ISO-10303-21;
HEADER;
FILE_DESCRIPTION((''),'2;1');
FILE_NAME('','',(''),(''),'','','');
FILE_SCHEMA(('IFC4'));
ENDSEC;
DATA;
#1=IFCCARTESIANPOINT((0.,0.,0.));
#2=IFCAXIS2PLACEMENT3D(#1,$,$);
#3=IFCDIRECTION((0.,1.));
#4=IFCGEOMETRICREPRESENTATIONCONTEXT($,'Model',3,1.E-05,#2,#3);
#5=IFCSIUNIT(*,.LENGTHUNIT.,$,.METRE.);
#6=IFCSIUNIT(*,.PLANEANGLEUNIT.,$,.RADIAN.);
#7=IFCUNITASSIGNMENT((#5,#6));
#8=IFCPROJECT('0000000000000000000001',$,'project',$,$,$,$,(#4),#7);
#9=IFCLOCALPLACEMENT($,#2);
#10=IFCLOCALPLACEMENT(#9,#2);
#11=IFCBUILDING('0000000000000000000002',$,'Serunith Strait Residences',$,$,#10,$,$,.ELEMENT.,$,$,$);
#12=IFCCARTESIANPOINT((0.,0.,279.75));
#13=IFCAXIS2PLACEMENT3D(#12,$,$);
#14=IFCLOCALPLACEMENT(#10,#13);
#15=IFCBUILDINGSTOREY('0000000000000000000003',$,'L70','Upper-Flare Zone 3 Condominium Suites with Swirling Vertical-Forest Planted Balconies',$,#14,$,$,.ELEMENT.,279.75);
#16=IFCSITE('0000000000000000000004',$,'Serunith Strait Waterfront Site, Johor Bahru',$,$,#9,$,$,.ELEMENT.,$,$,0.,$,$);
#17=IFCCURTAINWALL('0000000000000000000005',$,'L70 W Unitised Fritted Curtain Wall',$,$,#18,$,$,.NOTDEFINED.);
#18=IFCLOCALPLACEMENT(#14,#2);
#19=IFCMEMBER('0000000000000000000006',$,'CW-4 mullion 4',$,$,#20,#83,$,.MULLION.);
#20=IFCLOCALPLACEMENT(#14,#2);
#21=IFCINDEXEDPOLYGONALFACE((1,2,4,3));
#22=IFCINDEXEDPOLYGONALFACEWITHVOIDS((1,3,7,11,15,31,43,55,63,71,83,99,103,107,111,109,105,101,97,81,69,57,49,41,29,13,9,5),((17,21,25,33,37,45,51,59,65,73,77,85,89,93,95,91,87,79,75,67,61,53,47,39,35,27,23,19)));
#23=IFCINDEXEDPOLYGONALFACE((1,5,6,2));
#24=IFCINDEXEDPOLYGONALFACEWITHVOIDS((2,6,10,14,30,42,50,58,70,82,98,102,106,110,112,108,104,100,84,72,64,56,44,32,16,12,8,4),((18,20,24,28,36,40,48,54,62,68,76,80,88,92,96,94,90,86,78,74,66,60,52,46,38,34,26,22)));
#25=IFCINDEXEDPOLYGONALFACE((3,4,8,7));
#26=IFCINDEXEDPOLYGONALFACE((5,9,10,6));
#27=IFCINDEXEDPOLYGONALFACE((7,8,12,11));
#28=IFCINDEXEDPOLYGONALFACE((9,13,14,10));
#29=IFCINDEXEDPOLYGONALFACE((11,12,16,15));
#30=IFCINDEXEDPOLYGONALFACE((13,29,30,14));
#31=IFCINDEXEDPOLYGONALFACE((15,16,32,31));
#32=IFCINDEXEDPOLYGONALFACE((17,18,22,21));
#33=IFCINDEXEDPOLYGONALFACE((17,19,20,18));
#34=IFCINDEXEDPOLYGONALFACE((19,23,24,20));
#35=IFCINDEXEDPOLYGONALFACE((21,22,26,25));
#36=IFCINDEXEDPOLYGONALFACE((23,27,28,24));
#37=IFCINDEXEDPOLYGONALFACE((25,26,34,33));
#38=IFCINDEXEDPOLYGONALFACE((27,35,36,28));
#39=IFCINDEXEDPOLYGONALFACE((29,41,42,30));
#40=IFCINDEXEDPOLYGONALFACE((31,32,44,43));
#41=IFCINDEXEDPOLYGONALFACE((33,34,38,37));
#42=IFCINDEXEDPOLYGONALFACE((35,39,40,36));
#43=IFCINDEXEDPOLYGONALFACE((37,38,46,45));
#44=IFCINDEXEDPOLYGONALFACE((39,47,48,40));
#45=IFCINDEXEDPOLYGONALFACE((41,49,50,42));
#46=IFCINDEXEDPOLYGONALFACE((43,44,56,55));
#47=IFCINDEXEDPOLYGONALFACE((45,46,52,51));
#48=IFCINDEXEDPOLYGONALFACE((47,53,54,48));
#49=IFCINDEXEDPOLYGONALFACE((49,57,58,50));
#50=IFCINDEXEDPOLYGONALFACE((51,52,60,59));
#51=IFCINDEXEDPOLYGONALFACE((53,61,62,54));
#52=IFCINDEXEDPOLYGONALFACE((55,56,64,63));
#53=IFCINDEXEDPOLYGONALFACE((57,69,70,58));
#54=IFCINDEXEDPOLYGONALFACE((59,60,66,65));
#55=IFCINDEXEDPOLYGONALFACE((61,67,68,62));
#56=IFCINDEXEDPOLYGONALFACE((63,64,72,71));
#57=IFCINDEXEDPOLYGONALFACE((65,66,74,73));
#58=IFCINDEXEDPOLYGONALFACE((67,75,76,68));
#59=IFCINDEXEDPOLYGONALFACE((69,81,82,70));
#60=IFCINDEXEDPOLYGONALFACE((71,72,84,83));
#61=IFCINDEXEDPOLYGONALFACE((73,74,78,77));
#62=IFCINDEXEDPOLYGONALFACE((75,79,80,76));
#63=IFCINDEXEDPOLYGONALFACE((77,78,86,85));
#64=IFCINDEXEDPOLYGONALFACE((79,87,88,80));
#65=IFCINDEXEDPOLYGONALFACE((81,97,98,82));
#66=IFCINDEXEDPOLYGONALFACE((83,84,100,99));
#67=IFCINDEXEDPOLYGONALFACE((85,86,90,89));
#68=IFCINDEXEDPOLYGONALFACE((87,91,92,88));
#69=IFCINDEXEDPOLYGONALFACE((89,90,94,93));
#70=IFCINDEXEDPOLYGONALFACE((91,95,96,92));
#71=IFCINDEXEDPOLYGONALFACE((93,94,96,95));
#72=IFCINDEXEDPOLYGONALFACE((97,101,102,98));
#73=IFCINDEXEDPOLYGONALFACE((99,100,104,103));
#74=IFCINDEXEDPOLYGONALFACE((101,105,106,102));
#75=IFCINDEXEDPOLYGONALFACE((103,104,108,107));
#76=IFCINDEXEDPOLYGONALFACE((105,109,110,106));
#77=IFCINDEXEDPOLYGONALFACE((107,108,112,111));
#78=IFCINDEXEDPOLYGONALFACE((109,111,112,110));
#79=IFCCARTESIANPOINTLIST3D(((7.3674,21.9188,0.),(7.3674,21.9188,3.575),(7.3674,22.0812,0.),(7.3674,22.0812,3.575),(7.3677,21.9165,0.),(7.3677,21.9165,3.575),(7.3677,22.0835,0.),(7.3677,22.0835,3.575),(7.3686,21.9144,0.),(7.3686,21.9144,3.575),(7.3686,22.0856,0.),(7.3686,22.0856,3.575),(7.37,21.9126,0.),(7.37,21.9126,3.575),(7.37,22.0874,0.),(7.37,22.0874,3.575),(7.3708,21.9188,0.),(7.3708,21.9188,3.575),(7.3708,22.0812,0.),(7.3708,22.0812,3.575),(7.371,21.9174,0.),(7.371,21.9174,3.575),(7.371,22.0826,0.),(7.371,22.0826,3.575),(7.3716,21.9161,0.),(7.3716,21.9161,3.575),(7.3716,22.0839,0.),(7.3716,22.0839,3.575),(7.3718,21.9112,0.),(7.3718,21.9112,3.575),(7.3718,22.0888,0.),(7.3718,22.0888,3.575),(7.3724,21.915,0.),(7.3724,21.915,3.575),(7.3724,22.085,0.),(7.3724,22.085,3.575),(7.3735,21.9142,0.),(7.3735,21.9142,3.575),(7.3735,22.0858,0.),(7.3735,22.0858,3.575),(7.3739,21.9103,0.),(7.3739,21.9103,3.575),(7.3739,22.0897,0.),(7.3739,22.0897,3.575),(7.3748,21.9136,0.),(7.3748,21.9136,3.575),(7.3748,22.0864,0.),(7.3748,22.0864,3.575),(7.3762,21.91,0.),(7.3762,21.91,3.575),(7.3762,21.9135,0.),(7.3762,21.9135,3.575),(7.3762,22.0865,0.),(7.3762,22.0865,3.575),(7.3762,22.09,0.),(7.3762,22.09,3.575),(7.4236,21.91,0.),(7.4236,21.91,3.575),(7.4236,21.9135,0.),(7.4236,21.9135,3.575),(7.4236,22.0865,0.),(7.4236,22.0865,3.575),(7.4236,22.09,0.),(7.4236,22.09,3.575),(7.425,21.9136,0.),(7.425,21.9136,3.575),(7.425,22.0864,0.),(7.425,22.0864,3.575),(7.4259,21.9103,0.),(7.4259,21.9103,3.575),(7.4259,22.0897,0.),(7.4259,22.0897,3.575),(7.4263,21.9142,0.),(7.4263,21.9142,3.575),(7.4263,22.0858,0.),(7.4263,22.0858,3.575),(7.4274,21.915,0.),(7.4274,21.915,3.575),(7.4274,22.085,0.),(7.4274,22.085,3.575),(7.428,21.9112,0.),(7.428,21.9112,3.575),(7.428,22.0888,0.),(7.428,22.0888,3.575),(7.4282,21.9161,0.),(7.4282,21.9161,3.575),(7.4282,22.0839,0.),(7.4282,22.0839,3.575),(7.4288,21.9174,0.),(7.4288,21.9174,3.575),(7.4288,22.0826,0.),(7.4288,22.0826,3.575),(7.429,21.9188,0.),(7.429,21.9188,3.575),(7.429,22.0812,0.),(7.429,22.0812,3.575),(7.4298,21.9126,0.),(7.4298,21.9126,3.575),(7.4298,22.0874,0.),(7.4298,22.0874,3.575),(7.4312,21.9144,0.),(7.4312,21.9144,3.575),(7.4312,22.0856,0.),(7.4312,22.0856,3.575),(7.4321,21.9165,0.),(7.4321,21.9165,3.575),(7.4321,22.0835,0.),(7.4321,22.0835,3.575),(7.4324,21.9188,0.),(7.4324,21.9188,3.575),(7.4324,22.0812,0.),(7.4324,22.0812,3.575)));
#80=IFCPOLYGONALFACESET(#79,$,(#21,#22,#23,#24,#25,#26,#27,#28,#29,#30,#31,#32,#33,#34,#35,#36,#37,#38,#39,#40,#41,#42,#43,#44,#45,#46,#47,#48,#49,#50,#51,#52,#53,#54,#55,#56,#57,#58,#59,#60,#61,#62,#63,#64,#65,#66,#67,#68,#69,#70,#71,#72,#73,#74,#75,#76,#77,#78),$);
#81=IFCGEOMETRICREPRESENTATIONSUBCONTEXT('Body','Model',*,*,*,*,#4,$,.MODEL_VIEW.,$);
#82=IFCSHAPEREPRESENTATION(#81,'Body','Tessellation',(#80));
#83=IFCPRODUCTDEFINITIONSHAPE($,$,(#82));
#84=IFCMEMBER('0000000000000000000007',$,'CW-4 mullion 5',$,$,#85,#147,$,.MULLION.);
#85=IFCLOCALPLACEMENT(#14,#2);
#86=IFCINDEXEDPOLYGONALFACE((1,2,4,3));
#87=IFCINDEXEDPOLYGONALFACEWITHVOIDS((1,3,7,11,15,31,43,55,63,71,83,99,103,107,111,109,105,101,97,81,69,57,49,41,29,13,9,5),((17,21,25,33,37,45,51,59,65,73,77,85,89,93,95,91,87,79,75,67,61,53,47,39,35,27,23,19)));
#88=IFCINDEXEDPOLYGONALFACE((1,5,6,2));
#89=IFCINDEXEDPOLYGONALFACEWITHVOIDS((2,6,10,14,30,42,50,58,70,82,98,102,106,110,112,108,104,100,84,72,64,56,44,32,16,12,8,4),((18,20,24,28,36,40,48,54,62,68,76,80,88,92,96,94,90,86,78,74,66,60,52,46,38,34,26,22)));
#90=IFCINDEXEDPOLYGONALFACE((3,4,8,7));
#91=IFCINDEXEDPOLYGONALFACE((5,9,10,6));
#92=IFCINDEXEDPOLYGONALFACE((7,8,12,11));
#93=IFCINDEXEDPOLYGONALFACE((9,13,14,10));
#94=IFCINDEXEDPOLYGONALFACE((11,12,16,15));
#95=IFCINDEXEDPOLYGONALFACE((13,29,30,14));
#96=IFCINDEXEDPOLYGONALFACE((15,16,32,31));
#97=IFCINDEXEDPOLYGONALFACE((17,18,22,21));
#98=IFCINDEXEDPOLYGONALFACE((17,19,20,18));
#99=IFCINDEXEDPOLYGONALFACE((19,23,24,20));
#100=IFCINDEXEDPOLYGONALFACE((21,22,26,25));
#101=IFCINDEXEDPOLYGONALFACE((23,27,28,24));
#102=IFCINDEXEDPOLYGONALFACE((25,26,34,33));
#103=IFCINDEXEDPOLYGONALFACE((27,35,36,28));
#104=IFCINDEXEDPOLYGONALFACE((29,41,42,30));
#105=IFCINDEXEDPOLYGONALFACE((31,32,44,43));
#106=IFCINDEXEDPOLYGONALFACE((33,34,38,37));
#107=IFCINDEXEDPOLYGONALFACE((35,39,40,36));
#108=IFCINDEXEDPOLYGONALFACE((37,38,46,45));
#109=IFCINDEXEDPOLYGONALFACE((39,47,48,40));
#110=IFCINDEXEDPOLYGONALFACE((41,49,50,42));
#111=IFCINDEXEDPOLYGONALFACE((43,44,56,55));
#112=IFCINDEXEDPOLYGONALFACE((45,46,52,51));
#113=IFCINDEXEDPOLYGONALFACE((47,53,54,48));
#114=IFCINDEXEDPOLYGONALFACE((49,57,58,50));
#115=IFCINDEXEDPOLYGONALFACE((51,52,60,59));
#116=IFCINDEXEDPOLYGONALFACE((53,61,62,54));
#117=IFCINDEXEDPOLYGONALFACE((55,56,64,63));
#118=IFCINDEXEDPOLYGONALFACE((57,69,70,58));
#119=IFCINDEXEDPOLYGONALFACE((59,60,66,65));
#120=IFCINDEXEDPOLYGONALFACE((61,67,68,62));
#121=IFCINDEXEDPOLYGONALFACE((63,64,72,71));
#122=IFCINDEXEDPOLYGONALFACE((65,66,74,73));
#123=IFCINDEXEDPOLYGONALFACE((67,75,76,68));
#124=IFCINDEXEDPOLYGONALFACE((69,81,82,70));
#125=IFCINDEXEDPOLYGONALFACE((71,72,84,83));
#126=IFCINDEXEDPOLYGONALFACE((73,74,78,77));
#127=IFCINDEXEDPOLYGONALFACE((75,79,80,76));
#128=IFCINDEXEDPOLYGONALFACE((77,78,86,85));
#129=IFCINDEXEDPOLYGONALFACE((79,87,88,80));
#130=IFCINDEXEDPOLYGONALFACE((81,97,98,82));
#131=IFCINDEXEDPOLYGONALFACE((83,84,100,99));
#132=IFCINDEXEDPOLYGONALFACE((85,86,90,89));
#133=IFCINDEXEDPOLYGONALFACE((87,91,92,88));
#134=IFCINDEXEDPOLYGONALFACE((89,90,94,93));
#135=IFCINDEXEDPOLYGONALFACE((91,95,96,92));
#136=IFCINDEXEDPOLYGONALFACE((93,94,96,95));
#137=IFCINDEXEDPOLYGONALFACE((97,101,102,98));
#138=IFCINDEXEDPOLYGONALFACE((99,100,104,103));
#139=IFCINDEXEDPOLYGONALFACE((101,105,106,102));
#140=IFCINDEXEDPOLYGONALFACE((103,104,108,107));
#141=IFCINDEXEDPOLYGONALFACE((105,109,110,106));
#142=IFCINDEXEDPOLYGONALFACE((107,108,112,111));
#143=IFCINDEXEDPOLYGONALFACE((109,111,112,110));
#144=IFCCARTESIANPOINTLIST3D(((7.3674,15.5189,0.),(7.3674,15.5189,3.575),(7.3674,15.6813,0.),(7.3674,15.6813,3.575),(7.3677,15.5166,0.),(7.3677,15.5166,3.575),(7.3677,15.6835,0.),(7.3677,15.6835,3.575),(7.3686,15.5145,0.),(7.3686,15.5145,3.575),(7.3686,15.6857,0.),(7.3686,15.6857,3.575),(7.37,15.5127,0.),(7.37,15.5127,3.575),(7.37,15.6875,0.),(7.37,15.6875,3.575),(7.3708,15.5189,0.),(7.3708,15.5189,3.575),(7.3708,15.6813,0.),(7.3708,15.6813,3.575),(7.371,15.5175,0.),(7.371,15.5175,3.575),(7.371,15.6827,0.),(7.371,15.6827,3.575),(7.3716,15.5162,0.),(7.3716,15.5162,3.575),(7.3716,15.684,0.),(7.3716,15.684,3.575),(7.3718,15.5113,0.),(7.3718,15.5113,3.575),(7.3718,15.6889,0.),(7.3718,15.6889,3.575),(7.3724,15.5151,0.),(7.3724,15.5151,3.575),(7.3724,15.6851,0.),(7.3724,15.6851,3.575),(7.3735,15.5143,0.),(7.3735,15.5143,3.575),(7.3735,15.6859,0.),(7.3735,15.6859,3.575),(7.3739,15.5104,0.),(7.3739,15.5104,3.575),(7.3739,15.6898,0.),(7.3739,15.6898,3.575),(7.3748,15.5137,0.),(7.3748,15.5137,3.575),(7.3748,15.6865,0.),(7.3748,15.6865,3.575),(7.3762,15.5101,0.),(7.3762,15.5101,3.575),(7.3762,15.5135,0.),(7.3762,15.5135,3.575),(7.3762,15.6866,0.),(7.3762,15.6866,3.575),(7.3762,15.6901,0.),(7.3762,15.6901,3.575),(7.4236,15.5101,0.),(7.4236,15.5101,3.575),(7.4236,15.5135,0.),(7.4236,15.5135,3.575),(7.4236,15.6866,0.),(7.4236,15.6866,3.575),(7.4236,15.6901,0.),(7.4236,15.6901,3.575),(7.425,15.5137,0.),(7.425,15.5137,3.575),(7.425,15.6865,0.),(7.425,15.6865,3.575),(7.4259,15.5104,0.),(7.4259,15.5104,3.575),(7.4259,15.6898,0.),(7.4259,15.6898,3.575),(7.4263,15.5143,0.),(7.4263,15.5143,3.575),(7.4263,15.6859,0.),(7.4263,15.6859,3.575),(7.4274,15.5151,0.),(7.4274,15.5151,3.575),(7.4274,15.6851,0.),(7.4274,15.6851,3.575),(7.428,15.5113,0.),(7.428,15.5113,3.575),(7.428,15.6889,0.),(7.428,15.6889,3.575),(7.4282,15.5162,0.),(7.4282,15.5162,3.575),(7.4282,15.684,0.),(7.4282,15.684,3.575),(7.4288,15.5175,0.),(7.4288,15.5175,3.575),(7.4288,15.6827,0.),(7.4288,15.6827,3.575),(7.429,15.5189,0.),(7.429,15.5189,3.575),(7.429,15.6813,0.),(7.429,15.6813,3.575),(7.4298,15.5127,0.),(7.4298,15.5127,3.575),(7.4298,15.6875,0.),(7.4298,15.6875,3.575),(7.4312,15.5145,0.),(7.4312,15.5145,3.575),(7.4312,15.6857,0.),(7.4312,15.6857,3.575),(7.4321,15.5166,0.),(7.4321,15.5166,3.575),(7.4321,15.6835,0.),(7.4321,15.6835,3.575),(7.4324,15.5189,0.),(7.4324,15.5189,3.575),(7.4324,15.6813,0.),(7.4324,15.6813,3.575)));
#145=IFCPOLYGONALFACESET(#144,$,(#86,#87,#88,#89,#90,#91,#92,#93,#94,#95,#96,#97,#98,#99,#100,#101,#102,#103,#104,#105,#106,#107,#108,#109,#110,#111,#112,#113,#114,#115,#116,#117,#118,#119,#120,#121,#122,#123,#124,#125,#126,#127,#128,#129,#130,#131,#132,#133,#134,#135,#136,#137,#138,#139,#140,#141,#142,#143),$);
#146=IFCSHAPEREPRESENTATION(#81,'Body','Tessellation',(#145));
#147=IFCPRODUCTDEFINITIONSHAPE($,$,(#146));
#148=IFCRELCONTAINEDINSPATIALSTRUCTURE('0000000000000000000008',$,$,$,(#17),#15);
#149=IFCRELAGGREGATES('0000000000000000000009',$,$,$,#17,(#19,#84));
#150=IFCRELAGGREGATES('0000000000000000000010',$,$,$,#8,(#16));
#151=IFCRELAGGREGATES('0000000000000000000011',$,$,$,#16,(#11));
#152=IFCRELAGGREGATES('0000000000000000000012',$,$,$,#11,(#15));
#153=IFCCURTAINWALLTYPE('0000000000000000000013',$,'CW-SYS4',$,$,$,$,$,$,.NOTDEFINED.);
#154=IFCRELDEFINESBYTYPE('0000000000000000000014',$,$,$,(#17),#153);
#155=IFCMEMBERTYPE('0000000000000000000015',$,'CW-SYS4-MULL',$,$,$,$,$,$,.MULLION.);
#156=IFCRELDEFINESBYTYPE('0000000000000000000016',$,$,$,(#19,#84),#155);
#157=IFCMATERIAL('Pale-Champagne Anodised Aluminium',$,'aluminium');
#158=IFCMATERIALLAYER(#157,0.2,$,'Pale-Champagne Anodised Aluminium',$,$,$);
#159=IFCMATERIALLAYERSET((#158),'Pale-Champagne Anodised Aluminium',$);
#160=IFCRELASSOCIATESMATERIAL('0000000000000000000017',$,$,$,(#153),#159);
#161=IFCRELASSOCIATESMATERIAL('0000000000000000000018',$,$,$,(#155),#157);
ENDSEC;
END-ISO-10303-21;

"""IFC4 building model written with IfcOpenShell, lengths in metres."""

from ifc_helpers import new_model, si_unit, direction, frame, origin, origin_2d, place, context, subcontext, project, spatial, hollow_rectangle, extrude, source, transform, mapped, material, layer, layer_set, material_profile, profile_set, type_object, element, aggregate, save


model = new_model("IFC4")

# Units and contexts
model_context = context("Model", 3, precision=1e-05, world=origin(), true_north=direction((0.0, 1.0)))
body_context = subcontext(model_context, "Body", "Model", "MODEL_VIEW")
ifc_project = project(units=[si_unit("LENGTHUNIT", "METRE"), si_unit("PLANEANGLEUNIT", "RADIAN")], contexts=[model_context])

# Site, building, storey
site_placement = place(None, origin())
site = spatial("IfcSite", under=ifc_project, at=site_placement, Name="Serunith Strait Waterfront Site, Johor Bahru", CompositionType="ELEMENT", RefElevation=0.0)
building_placement = place(site_placement, origin())
building = spatial("IfcBuilding", under=site, at=building_placement, Name="Serunith Strait Residences", CompositionType="ELEMENT")
storey_placement = place(building_placement, frame((0.0, 0.0, 279.75)))
storey = spatial("IfcBuildingStorey", under=building, at=storey_placement, Name="L70", Description="Upper-Flare Zone 3 Condominium Suites with Swirling Vertical-Forest Planted Balconies", CompositionType="ELEMENT", Elevation=279.75)

# Curtain wall, members
ifc_material_1 = material(Name="Pale-Champagne Anodised Aluminium", Category="aluminium")
ifc_layer_1 = layer(ifc_material_1, 0.2, Name="Pale-Champagne Anodised Aluminium")
ifc_layer_set_1 = layer_set([ifc_layer_1], Name="Pale-Champagne Anodised Aluminium")
curtain_wall_type = type_object("IfcCurtainWallType", Name="CW-SYS4", PredefinedType="NOTDEFINED", material=ifc_layer_set_1)
curtain_wall_placement = place(storey_placement, origin())
curtain_wall = element("IfcCurtainWall", 1, at=curtain_wall_placement, inside=storey, type_object=curtain_wall_type, Name="L70 W Unitised Fritted Curtain Wall", PredefinedType="NOTDEFINED")
ifc_material_profile_1 = material_profile(ifc_material_1, hollow_rectangle(XDim=0.0649, YDim=0.1799, WallThickness=0.0034, InnerFilletRadius=0.0054, OuterFilletRadius=0.0088, at=origin_2d()), Name="ALU 180x65x3.5")
ifc_profile_set_1 = profile_set([ifc_material_profile_1], Name="Pale-Champagne Anodised Aluminium")
member_type_1 = type_object("IfcMemberType", Name="CW-SYS4-MULL", PredefinedType="MULLION", material=ifc_profile_set_1)
shared_shape_1 = source(origin(), body_context, "Body", "SweptSolid", [
    extrude(hollow_rectangle(XDim=0.0649, YDim=0.1799, WallThickness=0.0034, InnerFilletRadius=0.0054, OuterFilletRadius=0.0088, at=origin_2d()), origin(), (0.0, 0.0, 1.0), 3.575),
])
member_1_placement = place(storey_placement, frame((7.3999, 22.0, 0.0), z_axis=(0.0, 0.0, 1.0), x_axis=(1.0, 0.0, 0.0)))
member_1 = element("IfcMember", 2, at=member_1_placement, type_object=member_type_1, Name="CW-4 mullion 4", PredefinedType="MULLION", context=body_context, shape_type="MappedRepresentation", body=[
    mapped(shared_shape_1, transform((0.0, 0.0, 0.0), scale=1.0)),
])
member_2_placement = place(storey_placement, frame((7.3999, 15.6001, 0.0), z_axis=(0.0, 0.0, 1.0), x_axis=(1.0, 0.0, 0.0)))
member_2 = element("IfcMember", 3, at=member_2_placement, type_object=member_type_1, Name="CW-4 mullion 5", PredefinedType="MULLION", context=body_context, shape_type="MappedRepresentation", body=[
    mapped(shared_shape_1, transform((0.0, 0.0, 0.0), scale=1.0)),
])
aggregate(curtain_wall, [member_1, member_2])

save(model, "model.ifc")
